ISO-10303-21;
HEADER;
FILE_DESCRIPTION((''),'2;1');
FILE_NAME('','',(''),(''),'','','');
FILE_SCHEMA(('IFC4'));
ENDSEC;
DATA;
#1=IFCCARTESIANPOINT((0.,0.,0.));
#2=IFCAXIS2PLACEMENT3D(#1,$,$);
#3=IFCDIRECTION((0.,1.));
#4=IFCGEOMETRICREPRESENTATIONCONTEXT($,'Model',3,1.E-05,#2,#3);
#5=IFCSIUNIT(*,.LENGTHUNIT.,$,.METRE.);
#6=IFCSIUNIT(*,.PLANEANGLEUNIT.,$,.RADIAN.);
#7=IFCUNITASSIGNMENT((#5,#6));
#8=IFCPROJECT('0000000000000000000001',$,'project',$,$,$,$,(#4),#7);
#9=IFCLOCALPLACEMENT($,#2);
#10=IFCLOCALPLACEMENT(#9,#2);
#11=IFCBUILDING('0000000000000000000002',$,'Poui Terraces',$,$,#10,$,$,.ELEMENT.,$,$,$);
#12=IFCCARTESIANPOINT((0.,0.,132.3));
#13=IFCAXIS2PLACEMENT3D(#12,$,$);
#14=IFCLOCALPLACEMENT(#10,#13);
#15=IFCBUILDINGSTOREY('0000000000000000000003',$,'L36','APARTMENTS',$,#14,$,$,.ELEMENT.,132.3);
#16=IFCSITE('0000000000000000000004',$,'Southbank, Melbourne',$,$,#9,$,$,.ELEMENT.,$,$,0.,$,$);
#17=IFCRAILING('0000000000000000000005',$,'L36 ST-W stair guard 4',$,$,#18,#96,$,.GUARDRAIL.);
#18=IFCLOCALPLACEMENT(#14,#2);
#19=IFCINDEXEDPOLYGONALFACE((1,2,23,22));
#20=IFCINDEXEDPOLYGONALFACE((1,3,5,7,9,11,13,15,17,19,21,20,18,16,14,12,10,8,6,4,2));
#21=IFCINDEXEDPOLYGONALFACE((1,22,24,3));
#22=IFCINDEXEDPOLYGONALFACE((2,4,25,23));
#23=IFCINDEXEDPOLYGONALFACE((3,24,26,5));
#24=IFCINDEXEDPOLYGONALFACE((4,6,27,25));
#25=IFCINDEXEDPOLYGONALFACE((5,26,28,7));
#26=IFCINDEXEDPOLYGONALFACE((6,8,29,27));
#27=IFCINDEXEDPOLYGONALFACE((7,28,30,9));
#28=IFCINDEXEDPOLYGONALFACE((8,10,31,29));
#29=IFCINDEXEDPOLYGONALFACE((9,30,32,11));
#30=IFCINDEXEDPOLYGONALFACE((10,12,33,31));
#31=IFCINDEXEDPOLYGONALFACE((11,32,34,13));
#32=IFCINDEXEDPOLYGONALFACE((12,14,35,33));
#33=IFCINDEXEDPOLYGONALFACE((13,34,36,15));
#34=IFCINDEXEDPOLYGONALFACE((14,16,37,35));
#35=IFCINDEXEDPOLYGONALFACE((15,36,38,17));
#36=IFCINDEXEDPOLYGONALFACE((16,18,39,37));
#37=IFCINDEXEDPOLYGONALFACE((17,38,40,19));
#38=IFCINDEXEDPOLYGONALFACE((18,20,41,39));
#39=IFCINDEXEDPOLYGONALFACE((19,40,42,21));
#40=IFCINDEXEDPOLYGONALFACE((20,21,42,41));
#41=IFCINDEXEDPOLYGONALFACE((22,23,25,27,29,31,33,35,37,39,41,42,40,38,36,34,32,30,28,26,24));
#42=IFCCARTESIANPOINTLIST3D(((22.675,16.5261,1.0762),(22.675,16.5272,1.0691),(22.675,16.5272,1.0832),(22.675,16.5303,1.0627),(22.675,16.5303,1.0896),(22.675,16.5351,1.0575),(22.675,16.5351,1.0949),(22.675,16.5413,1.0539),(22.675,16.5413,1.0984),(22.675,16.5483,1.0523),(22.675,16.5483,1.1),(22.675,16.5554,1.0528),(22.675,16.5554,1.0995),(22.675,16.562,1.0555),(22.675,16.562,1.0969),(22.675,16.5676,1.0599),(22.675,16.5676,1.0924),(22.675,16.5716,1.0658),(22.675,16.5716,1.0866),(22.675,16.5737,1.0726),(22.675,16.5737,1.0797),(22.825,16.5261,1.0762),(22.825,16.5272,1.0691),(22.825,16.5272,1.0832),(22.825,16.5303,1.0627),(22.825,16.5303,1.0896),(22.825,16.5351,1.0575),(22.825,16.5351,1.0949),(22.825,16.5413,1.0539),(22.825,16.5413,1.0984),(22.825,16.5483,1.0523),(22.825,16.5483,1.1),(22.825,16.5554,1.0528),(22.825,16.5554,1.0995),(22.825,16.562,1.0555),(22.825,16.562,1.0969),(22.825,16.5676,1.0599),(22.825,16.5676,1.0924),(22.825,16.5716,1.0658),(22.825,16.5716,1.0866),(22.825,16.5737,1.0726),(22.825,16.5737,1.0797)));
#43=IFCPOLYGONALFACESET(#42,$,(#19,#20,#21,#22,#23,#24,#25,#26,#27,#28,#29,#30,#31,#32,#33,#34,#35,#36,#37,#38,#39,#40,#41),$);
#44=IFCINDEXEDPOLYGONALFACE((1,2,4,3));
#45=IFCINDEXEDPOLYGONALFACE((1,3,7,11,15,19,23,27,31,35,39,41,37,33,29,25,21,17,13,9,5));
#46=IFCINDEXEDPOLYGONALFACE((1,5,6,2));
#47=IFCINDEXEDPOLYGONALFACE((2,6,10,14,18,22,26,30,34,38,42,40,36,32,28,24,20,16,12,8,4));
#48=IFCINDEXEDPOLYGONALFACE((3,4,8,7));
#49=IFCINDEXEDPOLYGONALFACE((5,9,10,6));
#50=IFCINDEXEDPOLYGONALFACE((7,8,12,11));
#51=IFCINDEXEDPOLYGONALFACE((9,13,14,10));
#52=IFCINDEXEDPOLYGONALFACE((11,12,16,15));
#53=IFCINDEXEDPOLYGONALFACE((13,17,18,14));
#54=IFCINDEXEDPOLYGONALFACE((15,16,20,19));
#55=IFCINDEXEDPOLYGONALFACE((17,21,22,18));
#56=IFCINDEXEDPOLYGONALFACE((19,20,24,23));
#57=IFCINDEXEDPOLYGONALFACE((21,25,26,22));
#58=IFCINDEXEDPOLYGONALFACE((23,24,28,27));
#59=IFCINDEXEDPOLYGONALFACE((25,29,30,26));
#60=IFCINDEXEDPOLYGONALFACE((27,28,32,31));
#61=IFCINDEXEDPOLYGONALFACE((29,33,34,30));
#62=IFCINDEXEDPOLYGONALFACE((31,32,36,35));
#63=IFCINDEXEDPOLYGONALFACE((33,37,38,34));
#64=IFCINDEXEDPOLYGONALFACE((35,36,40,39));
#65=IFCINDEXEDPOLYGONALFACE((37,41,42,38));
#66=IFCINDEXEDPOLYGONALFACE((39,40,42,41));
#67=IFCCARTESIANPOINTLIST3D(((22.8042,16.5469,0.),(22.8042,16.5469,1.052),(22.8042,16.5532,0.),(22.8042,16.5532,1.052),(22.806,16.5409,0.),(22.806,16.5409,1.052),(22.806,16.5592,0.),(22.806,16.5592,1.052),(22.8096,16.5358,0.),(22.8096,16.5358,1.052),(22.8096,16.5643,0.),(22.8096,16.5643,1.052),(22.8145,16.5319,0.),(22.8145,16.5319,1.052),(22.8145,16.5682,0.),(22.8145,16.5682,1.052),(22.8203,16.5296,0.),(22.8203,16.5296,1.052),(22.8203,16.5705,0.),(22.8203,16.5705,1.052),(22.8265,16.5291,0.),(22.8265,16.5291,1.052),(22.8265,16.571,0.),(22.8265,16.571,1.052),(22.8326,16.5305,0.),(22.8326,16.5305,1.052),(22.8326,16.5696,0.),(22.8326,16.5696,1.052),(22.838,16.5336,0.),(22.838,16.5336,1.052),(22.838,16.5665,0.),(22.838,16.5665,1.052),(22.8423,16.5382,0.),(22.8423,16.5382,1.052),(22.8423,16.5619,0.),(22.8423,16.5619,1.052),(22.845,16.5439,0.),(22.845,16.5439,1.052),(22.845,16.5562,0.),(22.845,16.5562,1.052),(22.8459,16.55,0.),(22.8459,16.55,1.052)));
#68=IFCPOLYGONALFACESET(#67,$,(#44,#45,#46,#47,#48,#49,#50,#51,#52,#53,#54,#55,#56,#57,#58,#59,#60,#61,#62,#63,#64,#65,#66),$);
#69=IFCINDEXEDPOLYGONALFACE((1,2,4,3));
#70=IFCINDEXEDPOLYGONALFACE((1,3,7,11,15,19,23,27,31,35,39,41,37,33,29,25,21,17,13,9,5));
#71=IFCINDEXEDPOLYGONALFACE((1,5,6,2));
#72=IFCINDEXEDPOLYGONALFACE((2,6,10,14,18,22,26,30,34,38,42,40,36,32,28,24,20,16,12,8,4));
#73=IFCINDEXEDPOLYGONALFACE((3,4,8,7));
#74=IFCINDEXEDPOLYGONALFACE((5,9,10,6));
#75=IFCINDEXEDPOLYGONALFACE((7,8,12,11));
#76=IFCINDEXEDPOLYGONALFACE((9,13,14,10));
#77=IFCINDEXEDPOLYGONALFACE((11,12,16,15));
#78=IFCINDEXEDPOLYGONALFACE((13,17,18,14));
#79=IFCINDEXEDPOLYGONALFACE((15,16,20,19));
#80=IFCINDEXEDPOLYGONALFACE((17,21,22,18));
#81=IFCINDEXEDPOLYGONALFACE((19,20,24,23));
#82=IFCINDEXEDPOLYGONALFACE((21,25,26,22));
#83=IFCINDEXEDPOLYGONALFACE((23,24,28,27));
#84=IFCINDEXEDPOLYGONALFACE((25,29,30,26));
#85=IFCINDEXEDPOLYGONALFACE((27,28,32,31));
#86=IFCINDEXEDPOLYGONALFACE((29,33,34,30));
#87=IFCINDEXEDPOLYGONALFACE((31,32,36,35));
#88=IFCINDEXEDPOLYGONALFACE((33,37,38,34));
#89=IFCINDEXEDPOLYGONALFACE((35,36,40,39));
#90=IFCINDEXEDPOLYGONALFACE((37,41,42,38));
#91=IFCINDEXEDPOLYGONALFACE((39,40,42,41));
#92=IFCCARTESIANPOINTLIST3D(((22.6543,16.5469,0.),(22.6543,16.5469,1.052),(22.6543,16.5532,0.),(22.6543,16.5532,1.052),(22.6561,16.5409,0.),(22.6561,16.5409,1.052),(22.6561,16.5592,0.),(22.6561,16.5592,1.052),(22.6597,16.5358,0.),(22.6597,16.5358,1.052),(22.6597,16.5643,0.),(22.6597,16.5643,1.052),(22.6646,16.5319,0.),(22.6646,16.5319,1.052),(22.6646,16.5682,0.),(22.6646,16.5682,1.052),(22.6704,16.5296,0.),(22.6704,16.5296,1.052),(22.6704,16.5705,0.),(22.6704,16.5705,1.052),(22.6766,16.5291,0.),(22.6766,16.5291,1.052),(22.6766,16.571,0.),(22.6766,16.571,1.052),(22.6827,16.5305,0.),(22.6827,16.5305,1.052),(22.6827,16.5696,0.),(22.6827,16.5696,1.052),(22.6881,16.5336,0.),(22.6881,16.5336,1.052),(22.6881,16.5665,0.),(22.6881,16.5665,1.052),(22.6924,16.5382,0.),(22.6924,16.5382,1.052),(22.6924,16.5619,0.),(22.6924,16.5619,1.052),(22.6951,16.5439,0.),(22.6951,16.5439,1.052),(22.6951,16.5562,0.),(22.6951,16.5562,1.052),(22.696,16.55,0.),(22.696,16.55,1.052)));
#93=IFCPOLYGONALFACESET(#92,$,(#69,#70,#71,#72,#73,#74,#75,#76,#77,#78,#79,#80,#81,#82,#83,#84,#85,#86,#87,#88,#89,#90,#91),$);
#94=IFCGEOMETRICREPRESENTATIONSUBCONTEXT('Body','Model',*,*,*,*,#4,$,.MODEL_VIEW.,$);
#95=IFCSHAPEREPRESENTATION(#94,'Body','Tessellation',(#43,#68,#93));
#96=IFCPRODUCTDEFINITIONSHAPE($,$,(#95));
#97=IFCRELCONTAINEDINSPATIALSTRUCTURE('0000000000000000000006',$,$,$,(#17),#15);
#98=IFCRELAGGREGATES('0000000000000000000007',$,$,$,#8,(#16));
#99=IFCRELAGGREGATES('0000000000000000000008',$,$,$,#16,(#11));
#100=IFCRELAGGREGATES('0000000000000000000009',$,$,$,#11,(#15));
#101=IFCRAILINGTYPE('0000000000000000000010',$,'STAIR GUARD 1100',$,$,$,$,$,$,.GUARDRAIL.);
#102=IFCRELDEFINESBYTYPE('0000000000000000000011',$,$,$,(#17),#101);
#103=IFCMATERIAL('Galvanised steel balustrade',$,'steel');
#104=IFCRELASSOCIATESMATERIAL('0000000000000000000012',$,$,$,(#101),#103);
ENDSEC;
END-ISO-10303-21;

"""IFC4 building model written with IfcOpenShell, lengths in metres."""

from ifc_helpers import new_model, si_unit, direction, frame, origin, origin_2d, place, context, subcontext, project, spatial, circle, extrude, material, type_object, element, save


model = new_model("IFC4")

# Units and contexts
model_context = context("Model", 3, precision=1e-05, world=origin(), true_north=direction((0.0, 1.0)))
body_context = subcontext(model_context, "Body", "Model", "MODEL_VIEW")
ifc_project = project(units=[si_unit("LENGTHUNIT", "METRE"), si_unit("PLANEANGLEUNIT", "RADIAN")], contexts=[model_context])

# Site, building, storey
site_placement = place(None, origin())
site = spatial("IfcSite", under=ifc_project, at=site_placement, Name="Southbank, Melbourne", CompositionType="ELEMENT", RefElevation=0.0)
building_placement = place(site_placement, origin())
building = spatial("IfcBuilding", under=site, at=building_placement, Name="Poui Terraces", CompositionType="ELEMENT")
storey_placement = place(building_placement, frame((0.0, 0.0, 132.3)))
storey = spatial("IfcBuildingStorey", under=building, at=storey_placement, Name="L36", Description="APARTMENTS", CompositionType="ELEMENT", Elevation=132.3)

# Railing
ifc_material_1 = material(Name="Galvanised steel balustrade", Category="steel")
railing_type_1 = type_object("IfcRailingType", Name="STAIR GUARD 1100", PredefinedType="GUARDRAIL", material=ifc_material_1)
railing_1_placement = place(storey_placement, frame((22.825, 16.55, 0.0)))
element("IfcRailing", 1, at=railing_1_placement, inside=storey, type_object=railing_type_1, Name="L36 ST-W stair guard 4", PredefinedType="GUARDRAIL", context=body_context, shape_type="SweptSolid", body=[
    extrude(circle(Radius=0.0239, at=origin_2d()), frame((0.0, 0.0, 1.0762), z_axis=(-1.0, 0.0, 0.0), x_axis=(0.0, -1.0, 0.0)), (0.0, 0.0, 1.0), 0.1499),
    extrude(circle(Radius=0.021, at=origin_2d()), origin(), (0.0, 0.0, 1.0), 1.052),
    extrude(circle(Radius=0.021, at=origin_2d()), frame((-0.1499, 0.0, 0.0)), (0.0, 0.0, 1.0), 1.052),
])

save(model, "model.ifc")
